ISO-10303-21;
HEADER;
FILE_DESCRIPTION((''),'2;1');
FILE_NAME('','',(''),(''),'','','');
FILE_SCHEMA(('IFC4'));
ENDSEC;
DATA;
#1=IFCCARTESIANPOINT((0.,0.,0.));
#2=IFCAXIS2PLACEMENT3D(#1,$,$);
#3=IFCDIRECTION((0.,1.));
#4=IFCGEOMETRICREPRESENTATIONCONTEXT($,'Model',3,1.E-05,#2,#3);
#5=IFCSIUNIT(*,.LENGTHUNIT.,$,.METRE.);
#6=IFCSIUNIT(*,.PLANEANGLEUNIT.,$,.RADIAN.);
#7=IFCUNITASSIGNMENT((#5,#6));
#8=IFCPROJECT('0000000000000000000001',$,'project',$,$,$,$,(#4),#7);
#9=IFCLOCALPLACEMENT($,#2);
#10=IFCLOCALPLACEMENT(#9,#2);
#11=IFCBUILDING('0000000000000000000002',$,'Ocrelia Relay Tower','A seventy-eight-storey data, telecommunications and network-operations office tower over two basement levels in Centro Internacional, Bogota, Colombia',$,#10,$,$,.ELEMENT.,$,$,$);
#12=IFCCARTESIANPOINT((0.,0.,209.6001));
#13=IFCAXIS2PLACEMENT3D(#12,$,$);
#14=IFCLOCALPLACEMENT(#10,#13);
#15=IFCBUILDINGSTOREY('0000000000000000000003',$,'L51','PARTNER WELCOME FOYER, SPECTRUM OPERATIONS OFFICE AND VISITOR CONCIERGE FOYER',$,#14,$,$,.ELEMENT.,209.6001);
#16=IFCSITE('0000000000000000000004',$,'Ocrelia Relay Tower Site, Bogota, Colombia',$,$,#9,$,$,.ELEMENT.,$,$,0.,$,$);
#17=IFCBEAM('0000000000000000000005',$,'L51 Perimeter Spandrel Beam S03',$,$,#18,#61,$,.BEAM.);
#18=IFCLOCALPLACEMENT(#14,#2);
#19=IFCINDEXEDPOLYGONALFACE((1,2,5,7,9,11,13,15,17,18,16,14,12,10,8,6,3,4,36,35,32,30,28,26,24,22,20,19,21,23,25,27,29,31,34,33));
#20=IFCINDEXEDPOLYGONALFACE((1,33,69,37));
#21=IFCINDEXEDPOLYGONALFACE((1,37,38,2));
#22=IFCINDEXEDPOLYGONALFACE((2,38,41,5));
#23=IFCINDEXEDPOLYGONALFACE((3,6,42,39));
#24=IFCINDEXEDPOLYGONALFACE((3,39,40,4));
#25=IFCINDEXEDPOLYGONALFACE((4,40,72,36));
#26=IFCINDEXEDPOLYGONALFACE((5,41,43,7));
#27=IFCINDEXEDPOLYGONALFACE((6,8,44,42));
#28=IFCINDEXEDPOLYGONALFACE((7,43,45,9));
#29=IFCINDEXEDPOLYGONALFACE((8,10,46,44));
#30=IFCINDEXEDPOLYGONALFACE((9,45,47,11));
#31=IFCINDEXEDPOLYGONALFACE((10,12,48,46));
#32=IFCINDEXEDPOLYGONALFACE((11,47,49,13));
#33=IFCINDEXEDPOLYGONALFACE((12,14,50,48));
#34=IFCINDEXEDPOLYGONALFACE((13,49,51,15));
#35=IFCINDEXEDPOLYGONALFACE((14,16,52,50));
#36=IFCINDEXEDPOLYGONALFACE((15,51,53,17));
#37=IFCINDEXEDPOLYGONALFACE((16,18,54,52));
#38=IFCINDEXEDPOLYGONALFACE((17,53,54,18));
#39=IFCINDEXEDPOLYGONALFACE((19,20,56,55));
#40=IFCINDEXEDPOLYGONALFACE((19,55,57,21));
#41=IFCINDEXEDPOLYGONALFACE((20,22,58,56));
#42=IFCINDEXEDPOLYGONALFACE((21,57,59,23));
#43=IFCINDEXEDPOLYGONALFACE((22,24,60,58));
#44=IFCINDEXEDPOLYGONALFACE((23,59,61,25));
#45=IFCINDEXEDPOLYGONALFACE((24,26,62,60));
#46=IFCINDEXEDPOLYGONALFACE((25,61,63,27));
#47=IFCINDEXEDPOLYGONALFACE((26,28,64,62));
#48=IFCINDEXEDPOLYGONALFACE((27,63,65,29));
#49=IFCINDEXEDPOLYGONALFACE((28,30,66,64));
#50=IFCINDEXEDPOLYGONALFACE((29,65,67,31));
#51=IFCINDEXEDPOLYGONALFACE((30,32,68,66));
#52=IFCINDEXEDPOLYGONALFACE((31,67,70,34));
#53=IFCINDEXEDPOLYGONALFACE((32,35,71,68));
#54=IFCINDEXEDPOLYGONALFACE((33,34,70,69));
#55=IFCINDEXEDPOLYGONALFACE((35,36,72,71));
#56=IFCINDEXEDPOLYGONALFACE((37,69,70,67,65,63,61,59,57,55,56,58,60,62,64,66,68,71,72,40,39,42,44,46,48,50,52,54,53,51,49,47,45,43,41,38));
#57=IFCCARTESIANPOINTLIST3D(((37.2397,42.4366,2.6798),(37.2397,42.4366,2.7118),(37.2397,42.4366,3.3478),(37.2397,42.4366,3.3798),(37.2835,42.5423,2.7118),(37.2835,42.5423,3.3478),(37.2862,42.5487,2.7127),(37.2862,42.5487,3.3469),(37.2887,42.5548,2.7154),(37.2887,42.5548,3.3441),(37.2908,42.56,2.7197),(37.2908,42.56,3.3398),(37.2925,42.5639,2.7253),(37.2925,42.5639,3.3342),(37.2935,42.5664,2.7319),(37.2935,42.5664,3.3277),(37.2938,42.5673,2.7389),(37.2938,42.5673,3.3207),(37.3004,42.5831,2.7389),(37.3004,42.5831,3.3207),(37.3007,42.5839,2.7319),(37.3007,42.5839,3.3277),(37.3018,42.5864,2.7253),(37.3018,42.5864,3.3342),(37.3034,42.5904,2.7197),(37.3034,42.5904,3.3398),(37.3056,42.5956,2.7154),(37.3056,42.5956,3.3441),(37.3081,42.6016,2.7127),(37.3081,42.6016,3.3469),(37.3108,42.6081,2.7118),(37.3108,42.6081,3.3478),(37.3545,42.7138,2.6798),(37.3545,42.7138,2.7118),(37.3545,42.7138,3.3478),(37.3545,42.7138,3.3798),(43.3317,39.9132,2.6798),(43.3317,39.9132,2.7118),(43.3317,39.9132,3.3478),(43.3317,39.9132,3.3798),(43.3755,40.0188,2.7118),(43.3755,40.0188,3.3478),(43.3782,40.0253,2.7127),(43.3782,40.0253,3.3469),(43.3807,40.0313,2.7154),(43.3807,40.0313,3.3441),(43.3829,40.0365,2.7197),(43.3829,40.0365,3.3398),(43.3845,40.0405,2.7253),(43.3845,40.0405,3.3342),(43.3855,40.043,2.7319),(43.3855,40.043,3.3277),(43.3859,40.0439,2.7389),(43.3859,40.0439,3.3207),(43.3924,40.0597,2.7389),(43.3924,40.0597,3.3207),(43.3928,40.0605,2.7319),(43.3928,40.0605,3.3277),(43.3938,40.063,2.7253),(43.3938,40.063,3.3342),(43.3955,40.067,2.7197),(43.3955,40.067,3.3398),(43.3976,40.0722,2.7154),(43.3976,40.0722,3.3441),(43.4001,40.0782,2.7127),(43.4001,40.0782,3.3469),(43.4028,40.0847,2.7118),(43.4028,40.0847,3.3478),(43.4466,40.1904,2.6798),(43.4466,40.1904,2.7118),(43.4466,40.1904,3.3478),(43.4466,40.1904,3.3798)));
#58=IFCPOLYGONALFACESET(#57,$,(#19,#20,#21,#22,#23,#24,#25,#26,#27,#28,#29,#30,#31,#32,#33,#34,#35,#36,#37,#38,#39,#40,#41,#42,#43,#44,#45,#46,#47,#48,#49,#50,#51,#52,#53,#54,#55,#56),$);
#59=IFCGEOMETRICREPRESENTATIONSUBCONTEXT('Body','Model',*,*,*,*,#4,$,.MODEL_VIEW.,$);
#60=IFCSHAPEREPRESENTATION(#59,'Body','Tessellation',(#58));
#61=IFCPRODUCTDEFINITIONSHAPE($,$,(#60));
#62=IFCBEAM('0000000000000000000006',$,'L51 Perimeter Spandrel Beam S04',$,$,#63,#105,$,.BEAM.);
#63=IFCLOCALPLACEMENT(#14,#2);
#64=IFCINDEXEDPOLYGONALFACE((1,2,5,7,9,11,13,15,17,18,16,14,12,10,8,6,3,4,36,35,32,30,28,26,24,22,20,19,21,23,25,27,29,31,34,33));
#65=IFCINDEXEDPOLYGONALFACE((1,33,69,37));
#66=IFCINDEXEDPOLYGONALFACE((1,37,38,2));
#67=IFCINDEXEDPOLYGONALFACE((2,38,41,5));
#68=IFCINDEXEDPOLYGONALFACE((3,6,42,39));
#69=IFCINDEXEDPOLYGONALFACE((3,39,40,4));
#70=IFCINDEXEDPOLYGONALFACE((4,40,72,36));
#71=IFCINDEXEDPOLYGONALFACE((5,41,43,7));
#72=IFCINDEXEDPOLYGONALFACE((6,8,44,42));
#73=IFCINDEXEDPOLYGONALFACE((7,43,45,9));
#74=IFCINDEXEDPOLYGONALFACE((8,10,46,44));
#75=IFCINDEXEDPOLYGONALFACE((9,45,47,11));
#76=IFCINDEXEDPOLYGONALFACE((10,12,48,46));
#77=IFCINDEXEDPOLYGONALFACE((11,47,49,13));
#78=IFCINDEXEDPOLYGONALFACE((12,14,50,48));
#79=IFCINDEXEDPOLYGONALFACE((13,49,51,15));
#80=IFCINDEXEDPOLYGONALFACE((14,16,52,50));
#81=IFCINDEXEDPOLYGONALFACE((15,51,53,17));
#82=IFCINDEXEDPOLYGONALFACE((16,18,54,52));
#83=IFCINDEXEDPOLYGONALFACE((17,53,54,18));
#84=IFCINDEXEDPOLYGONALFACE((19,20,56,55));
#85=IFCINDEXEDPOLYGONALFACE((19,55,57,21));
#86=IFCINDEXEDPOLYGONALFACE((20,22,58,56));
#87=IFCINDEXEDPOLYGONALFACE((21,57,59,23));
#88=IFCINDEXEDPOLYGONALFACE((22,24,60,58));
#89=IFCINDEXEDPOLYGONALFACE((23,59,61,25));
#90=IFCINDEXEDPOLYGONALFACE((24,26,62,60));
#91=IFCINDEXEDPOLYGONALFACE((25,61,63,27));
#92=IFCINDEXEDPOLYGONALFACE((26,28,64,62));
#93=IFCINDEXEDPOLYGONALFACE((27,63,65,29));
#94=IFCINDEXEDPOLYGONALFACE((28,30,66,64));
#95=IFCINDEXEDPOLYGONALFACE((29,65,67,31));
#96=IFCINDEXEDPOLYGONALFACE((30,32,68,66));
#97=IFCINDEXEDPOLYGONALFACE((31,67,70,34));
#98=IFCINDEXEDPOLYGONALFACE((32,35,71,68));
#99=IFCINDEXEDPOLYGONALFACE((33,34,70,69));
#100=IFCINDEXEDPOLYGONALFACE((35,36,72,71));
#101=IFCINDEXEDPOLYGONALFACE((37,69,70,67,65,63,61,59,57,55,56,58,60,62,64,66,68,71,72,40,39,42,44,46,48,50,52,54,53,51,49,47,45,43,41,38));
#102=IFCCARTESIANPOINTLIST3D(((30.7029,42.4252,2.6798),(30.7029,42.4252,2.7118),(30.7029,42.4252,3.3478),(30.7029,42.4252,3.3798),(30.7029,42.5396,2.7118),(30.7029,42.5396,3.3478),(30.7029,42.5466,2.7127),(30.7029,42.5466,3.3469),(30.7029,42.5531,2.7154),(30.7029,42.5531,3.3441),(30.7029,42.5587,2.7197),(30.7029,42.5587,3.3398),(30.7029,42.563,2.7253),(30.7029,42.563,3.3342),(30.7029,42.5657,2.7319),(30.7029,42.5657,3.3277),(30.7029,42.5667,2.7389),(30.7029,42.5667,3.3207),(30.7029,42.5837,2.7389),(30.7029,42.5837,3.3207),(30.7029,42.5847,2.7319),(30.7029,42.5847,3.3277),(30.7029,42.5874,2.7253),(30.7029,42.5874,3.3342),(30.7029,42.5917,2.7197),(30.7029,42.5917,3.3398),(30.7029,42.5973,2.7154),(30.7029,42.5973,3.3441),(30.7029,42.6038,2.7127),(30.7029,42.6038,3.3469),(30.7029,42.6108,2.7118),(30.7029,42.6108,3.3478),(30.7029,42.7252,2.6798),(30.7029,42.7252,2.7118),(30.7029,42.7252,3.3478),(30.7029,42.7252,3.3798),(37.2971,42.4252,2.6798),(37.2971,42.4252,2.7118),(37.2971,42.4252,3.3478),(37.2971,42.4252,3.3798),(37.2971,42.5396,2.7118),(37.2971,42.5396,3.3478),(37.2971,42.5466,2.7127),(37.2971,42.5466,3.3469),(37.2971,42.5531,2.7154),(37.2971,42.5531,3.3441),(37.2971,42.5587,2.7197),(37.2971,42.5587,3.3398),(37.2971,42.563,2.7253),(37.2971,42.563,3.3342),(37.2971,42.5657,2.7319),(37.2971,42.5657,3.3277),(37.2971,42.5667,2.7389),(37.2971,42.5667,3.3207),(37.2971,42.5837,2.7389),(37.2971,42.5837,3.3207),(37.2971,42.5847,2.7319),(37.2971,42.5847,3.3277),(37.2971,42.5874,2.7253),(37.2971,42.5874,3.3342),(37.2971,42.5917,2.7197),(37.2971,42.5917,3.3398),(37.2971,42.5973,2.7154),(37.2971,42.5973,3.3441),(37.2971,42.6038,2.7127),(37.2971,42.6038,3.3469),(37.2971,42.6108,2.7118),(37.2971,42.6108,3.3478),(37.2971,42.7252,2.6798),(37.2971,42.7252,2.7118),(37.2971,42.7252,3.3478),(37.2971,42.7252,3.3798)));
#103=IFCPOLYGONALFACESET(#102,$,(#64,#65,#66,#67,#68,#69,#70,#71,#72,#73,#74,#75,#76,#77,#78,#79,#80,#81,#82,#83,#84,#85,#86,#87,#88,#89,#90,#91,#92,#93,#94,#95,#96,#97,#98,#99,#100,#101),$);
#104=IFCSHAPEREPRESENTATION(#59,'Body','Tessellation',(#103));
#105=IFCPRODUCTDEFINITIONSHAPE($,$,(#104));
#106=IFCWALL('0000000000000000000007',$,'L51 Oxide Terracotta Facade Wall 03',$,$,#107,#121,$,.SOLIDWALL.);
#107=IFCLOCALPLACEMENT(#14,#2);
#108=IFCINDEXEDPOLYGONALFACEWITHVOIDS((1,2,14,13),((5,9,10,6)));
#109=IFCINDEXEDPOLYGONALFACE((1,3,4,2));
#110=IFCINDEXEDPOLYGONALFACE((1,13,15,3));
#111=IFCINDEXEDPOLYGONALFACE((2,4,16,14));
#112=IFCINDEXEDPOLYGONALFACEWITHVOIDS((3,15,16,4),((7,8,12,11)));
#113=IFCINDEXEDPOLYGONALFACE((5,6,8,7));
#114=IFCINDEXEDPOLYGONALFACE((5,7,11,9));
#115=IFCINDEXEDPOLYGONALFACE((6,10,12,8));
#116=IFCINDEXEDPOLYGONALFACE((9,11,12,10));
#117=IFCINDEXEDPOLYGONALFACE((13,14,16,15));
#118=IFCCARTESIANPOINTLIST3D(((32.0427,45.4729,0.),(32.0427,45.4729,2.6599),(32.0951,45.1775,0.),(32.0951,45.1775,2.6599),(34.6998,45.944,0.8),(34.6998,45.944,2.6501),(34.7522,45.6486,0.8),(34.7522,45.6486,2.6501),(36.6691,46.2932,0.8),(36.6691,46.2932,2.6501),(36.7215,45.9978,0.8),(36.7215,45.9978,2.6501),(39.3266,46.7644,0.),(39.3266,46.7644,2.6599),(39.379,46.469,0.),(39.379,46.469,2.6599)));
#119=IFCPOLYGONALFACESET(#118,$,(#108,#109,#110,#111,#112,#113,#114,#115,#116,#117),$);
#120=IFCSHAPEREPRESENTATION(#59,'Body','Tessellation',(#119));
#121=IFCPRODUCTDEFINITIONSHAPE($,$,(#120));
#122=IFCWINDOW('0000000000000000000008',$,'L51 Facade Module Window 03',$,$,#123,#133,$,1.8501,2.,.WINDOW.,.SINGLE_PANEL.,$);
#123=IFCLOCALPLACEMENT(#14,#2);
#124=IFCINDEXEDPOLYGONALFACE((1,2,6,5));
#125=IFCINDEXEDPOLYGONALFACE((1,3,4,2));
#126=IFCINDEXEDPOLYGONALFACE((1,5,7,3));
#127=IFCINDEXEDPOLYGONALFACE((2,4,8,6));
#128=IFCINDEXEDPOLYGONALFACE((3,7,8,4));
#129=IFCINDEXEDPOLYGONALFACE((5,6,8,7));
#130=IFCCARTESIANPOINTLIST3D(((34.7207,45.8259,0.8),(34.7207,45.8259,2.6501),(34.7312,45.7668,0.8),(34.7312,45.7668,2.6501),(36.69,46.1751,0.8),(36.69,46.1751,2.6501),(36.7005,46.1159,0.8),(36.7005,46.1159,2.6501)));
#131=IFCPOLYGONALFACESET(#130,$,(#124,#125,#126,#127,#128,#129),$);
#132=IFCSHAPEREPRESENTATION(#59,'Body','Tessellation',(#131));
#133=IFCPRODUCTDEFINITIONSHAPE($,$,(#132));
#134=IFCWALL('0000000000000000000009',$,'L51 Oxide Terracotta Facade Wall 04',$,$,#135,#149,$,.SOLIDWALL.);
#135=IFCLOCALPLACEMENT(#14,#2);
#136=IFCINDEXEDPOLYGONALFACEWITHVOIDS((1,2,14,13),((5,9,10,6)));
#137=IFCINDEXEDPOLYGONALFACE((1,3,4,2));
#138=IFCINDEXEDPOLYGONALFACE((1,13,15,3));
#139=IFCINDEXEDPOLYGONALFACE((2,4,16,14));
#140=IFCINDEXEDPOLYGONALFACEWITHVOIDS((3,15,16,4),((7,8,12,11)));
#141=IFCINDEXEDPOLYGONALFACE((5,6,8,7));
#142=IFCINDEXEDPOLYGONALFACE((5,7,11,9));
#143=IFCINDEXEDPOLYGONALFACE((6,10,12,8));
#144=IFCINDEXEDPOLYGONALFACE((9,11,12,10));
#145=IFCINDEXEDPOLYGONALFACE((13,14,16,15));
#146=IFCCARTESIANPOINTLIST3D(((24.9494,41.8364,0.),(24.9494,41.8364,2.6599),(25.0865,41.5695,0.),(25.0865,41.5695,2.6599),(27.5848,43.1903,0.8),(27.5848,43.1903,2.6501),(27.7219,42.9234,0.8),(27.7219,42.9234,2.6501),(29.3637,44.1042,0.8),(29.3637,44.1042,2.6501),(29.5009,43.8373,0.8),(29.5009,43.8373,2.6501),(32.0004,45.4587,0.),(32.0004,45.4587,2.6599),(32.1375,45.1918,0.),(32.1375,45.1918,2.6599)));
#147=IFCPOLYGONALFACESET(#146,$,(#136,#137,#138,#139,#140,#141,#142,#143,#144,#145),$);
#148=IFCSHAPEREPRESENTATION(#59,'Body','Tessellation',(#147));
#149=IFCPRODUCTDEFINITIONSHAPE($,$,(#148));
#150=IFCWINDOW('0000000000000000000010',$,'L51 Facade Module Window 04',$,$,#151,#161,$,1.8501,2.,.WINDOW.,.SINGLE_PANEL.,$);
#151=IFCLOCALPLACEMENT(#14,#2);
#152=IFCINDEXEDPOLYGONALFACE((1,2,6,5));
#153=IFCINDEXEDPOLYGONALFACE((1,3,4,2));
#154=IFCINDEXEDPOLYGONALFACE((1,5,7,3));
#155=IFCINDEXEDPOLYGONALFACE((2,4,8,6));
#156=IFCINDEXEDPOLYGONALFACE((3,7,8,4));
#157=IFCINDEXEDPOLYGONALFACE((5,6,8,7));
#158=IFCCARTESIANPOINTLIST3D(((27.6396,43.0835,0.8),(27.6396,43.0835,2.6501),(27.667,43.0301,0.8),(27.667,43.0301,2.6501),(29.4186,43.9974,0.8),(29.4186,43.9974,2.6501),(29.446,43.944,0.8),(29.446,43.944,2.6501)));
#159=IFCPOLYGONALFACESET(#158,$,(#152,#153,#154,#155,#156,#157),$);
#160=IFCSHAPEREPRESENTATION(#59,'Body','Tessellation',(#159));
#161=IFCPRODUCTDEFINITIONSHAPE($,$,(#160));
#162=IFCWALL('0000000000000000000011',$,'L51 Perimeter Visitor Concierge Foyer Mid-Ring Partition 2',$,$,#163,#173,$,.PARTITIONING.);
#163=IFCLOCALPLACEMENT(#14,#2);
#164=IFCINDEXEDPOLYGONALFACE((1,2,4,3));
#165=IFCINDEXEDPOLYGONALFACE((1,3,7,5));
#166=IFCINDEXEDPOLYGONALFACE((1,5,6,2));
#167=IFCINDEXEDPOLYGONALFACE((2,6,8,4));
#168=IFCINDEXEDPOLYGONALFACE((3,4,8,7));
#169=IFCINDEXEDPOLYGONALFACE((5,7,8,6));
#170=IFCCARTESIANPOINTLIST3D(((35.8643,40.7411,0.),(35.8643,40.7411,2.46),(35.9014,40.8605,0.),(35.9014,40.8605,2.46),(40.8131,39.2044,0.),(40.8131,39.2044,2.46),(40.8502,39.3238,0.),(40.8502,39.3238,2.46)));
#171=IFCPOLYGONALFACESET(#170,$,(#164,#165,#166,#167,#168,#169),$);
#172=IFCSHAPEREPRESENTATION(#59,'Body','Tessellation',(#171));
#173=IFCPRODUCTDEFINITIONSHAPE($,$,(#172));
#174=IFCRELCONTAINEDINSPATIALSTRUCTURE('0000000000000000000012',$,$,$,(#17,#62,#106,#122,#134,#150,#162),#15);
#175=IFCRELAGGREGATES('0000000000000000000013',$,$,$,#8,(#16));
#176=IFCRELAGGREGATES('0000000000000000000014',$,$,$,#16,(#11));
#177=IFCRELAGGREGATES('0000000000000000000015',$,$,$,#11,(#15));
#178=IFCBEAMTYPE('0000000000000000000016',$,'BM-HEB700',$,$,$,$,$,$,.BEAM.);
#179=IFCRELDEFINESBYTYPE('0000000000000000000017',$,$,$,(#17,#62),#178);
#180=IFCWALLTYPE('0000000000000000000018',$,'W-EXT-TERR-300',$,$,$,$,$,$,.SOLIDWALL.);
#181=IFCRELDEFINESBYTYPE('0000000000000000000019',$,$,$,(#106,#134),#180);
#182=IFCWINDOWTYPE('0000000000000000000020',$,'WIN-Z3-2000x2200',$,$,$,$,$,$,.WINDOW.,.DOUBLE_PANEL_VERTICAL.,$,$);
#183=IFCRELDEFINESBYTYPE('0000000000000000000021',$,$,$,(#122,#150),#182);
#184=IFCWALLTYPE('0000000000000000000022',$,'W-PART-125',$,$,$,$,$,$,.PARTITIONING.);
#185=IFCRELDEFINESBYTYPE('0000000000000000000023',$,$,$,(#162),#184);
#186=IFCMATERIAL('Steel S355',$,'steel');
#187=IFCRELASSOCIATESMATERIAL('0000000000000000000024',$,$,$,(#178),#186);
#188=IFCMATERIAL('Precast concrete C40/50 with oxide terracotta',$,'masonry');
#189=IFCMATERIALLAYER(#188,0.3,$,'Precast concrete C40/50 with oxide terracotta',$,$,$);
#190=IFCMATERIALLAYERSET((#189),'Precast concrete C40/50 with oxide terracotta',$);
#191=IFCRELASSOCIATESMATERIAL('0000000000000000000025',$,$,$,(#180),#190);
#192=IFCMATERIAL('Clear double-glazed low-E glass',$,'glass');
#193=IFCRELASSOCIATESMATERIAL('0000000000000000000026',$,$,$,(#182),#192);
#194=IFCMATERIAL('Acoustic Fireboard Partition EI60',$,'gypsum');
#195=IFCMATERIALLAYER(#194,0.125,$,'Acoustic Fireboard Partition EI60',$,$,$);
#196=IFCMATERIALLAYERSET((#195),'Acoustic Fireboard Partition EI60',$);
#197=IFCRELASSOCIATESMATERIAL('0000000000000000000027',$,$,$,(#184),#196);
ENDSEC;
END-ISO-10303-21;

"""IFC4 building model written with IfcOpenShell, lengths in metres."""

from ifc_helpers import new_model, si_unit, direction, frame, frame_2d, origin, origin_2d, place, context, subcontext, project, spatial, rectangle, i_section, extrude, material, layer, layer_set, material_profile, profile_set, type_object, element, fill, save


model = new_model("IFC4")

# Units and contexts
model_context = context("Model", 3, precision=1e-05, world=origin(), true_north=direction((0.0, 1.0)))
body_context = subcontext(model_context, "Body", "Model", "MODEL_VIEW")
ifc_project = project(units=[si_unit("LENGTHUNIT", "METRE"), si_unit("PLANEANGLEUNIT", "RADIAN")], contexts=[model_context])

# Site, building, storey
site_placement = place(None, origin())
site = spatial("IfcSite", under=ifc_project, at=site_placement, Name="Ocrelia Relay Tower Site, Bogota, Colombia", CompositionType="ELEMENT", RefElevation=0.0)
building_placement = place(site_placement, origin())
building = spatial("IfcBuilding", under=site, at=building_placement, Name="Ocrelia Relay Tower", Description="A seventy-eight-storey data, telecommunications and network-operations office tower over two basement levels in Centro Internacional, Bogota, Colombia", CompositionType="ELEMENT")
storey_placement = place(building_placement, frame((0.0, 0.0, 209.6001)))
storey = spatial("IfcBuildingStorey", under=building, at=storey_placement, Name="L51", Description="PARTNER WELCOME FOYER, SPECTRUM OPERATIONS OFFICE AND VISITOR CONCIERGE FOYER", CompositionType="ELEMENT", Elevation=209.6001)

# Beams
ifc_material_1 = material(Name="Steel S355", Category="steel")
ifc_material_profile_1 = material_profile(ifc_material_1, i_section(OverallWidth=0.3, OverallDepth=0.7, WebThickness=0.0171, FlangeThickness=0.032, FilletRadius=0.0271, at=origin_2d()), Name="HEB 700")
ifc_profile_set_1 = profile_set([ifc_material_profile_1], Name="Steel S355")
beam_type_1 = type_object("IfcBeamType", Name="BM-HEB700", PredefinedType="BEAM", material=ifc_profile_set_1)
beam_1_placement = place(storey_placement, frame((43.3892, 40.0518, 3.0298), z_axis=(-0.923878, 0.382688, 0.0), x_axis=(-0.382688, -0.923878, 0.0)))
element("IfcBeam", 1, at=beam_1_placement, inside=storey, type_object=beam_type_1, Name="L51 Perimeter Spandrel Beam S03", PredefinedType="BEAM", context=body_context, shape_type="SweptSolid", body=[
    extrude(i_section(OverallWidth=0.3, OverallDepth=0.7, WebThickness=0.0171, FlangeThickness=0.032, FilletRadius=0.0271, at=origin_2d()), origin(), (0.0, 0.0, 1.0), 6.594),
])
beam_2_placement = place(storey_placement, frame((37.2971, 42.5752, 3.0298), z_axis=(-1.0, 0.0, 0.0), x_axis=(0.0, -1.0, 0.0)))
element("IfcBeam", 2, at=beam_2_placement, inside=storey, type_object=beam_type_1, Name="L51 Perimeter Spandrel Beam S04", PredefinedType="BEAM", context=body_context, shape_type="SweptSolid", body=[
    extrude(i_section(OverallWidth=0.3, OverallDepth=0.7, WebThickness=0.0171, FlangeThickness=0.032, FilletRadius=0.0271, at=origin_2d()), origin(), (0.0, 0.0, 1.0), 6.5942),
])

# Walls, openings, windows
ifc_material_2 = material(Name="Precast concrete C40/50 with oxide terracotta", Category="masonry")
ifc_layer_1 = layer(ifc_material_2, 0.3, Name="Precast concrete C40/50 with oxide terracotta")
ifc_layer_set_1 = layer_set([ifc_layer_1], Name="Precast concrete C40/50 with oxide terracotta")
wall_type_1 = type_object("IfcWallType", Name="W-EXT-TERR-300", PredefinedType="SOLIDWALL", material=ifc_layer_set_1)
wall_1_placement = place(storey_placement, frame((39.3528, 46.6167, 0.0), z_axis=(0.0, 0.0, 1.0), x_axis=(-0.984642, -0.174585, 0.0)))
wall_1 = element("IfcWall", 3, at=wall_1_placement, inside=storey, type_object=wall_type_1, Name="L51 Oxide Terracotta Facade Wall 03", PredefinedType="SOLIDWALL", context=body_context, shape_type="SweptSolid", body=[
    extrude(rectangle(XDim=7.3975, YDim=0.3, at=frame_2d((3.6987, 0.0))), origin(), (0.0, 0.0, 1.0), 2.6599),
])
opening_1_placement = place(wall_1_placement, frame((2.699, 0.0, 0.8)))
opening_1 = element("IfcOpeningElement", 4, at=opening_1_placement, cuts=wall_1, PredefinedType="OPENING", context=body_context, shape_type="SweptSolid", body=[
    extrude(rectangle(XDim=2.0, YDim=1.8501, at=frame_2d((1.0, 0.925))), frame((0.0, 0.1602, 0.0), z_axis=(0.0, -1.0, 0.0), x_axis=(1.0, 0.0, 0.0)), (0.0, 0.0, 1.0), 0.3201),
])
ifc_material_3 = material(Name="Clear double-glazed low-E glass", Category="glass")
window_type = type_object("IfcWindowType", Name="WIN-Z3-2000x2200", PartitioningType="DOUBLE_PANEL_VERTICAL", PredefinedType="WINDOW", material=ifc_material_3)
window_1_placement = place(opening_1_placement, origin())
window_1 = element("IfcWindow", 5, at=window_1_placement, inside=storey, type_object=window_type, Name="L51 Facade Module Window 03", OverallHeight=1.8501, OverallWidth=2.0, PartitioningType="SINGLE_PANEL", PredefinedType="WINDOW", context=body_context, shape_type="SweptSolid", body=[
    extrude(rectangle(XDim=2.0, YDim=1.8501, at=frame_2d((1.0, 0.925))), frame((0.0, 0.03, 0.0), z_axis=(0.0, -1.0, 0.0), x_axis=(1.0, 0.0, 0.0)), (0.0, 0.0, 1.0), 0.0601),
])
fill(opening_1, window_1)
wall_2_placement = place(storey_placement, frame((32.0688, 45.3252, 0.0), z_axis=(0.0, 0.0, 1.0), x_axis=(-0.889489, -0.456956, 0.0)))
wall_2 = element("IfcWall", 6, at=wall_2_placement, inside=storey, type_object=wall_type_1, Name="L51 Oxide Terracotta Facade Wall 04", PredefinedType="SOLIDWALL", context=body_context, shape_type="SweptSolid", body=[
    extrude(rectangle(XDim=7.927, YDim=0.3, at=frame_2d((3.9634, 0.0))), origin(), (0.0, 0.0, 1.0), 2.6599),
])
opening_2_placement = place(wall_2_placement, frame((2.9641, 0.0, 0.8)))
opening_2 = element("IfcOpeningElement", 7, at=opening_2_placement, cuts=wall_2, PredefinedType="OPENING", context=body_context, shape_type="SweptSolid", body=[
    extrude(rectangle(XDim=2.0, YDim=1.8501, at=frame_2d((1.0, 0.925))), frame((0.0, 0.1602, 0.0), z_axis=(0.0, -1.0, 0.0), x_axis=(1.0, 0.0, 0.0)), (0.0, 0.0, 1.0), 0.3201),
])
window_2_placement = place(opening_2_placement, origin())
window_2 = element("IfcWindow", 8, at=window_2_placement, inside=storey, type_object=window_type, Name="L51 Facade Module Window 04", OverallHeight=1.8501, OverallWidth=2.0, PartitioningType="SINGLE_PANEL", PredefinedType="WINDOW", context=body_context, shape_type="SweptSolid", body=[
    extrude(rectangle(XDim=2.0, YDim=1.8501, at=frame_2d((1.0, 0.925))), frame((0.0, 0.03, 0.0), z_axis=(0.0, -1.0, 0.0), x_axis=(1.0, 0.0, 0.0)), (0.0, 0.0, 1.0), 0.0601),
])
fill(opening_2, window_2)

# Wall
ifc_material_4 = material(Name="Acoustic Fireboard Partition EI60", Category="gypsum")
ifc_layer_2 = layer(ifc_material_4, 0.125, Name="Acoustic Fireboard Partition EI60")
ifc_layer_set_2 = layer_set([ifc_layer_2], Name="Acoustic Fireboard Partition EI60")
wall_type_2 = type_object("IfcWallType", Name="W-PART-125", PredefinedType="PARTITIONING", material=ifc_layer_set_2)
wall_3_placement = place(storey_placement, frame((40.8315, 39.2642, 0.0), z_axis=(0.0, 0.0, 1.0), x_axis=(-0.95502, 0.296541, 0.0)))
element("IfcWall", 9, at=wall_3_placement, inside=storey, type_object=wall_type_2, Name="L51 Perimeter Visitor Concierge Foyer Mid-Ring Partition 2", PredefinedType="PARTITIONING", context=body_context, shape_type="SweptSolid", body=[
    extrude(rectangle(XDim=5.1819, YDim=0.125, at=frame_2d((2.5908, 0.0))), origin(), (0.0, 0.0, 1.0), 2.46),
])

save(model, "model.ifc")
